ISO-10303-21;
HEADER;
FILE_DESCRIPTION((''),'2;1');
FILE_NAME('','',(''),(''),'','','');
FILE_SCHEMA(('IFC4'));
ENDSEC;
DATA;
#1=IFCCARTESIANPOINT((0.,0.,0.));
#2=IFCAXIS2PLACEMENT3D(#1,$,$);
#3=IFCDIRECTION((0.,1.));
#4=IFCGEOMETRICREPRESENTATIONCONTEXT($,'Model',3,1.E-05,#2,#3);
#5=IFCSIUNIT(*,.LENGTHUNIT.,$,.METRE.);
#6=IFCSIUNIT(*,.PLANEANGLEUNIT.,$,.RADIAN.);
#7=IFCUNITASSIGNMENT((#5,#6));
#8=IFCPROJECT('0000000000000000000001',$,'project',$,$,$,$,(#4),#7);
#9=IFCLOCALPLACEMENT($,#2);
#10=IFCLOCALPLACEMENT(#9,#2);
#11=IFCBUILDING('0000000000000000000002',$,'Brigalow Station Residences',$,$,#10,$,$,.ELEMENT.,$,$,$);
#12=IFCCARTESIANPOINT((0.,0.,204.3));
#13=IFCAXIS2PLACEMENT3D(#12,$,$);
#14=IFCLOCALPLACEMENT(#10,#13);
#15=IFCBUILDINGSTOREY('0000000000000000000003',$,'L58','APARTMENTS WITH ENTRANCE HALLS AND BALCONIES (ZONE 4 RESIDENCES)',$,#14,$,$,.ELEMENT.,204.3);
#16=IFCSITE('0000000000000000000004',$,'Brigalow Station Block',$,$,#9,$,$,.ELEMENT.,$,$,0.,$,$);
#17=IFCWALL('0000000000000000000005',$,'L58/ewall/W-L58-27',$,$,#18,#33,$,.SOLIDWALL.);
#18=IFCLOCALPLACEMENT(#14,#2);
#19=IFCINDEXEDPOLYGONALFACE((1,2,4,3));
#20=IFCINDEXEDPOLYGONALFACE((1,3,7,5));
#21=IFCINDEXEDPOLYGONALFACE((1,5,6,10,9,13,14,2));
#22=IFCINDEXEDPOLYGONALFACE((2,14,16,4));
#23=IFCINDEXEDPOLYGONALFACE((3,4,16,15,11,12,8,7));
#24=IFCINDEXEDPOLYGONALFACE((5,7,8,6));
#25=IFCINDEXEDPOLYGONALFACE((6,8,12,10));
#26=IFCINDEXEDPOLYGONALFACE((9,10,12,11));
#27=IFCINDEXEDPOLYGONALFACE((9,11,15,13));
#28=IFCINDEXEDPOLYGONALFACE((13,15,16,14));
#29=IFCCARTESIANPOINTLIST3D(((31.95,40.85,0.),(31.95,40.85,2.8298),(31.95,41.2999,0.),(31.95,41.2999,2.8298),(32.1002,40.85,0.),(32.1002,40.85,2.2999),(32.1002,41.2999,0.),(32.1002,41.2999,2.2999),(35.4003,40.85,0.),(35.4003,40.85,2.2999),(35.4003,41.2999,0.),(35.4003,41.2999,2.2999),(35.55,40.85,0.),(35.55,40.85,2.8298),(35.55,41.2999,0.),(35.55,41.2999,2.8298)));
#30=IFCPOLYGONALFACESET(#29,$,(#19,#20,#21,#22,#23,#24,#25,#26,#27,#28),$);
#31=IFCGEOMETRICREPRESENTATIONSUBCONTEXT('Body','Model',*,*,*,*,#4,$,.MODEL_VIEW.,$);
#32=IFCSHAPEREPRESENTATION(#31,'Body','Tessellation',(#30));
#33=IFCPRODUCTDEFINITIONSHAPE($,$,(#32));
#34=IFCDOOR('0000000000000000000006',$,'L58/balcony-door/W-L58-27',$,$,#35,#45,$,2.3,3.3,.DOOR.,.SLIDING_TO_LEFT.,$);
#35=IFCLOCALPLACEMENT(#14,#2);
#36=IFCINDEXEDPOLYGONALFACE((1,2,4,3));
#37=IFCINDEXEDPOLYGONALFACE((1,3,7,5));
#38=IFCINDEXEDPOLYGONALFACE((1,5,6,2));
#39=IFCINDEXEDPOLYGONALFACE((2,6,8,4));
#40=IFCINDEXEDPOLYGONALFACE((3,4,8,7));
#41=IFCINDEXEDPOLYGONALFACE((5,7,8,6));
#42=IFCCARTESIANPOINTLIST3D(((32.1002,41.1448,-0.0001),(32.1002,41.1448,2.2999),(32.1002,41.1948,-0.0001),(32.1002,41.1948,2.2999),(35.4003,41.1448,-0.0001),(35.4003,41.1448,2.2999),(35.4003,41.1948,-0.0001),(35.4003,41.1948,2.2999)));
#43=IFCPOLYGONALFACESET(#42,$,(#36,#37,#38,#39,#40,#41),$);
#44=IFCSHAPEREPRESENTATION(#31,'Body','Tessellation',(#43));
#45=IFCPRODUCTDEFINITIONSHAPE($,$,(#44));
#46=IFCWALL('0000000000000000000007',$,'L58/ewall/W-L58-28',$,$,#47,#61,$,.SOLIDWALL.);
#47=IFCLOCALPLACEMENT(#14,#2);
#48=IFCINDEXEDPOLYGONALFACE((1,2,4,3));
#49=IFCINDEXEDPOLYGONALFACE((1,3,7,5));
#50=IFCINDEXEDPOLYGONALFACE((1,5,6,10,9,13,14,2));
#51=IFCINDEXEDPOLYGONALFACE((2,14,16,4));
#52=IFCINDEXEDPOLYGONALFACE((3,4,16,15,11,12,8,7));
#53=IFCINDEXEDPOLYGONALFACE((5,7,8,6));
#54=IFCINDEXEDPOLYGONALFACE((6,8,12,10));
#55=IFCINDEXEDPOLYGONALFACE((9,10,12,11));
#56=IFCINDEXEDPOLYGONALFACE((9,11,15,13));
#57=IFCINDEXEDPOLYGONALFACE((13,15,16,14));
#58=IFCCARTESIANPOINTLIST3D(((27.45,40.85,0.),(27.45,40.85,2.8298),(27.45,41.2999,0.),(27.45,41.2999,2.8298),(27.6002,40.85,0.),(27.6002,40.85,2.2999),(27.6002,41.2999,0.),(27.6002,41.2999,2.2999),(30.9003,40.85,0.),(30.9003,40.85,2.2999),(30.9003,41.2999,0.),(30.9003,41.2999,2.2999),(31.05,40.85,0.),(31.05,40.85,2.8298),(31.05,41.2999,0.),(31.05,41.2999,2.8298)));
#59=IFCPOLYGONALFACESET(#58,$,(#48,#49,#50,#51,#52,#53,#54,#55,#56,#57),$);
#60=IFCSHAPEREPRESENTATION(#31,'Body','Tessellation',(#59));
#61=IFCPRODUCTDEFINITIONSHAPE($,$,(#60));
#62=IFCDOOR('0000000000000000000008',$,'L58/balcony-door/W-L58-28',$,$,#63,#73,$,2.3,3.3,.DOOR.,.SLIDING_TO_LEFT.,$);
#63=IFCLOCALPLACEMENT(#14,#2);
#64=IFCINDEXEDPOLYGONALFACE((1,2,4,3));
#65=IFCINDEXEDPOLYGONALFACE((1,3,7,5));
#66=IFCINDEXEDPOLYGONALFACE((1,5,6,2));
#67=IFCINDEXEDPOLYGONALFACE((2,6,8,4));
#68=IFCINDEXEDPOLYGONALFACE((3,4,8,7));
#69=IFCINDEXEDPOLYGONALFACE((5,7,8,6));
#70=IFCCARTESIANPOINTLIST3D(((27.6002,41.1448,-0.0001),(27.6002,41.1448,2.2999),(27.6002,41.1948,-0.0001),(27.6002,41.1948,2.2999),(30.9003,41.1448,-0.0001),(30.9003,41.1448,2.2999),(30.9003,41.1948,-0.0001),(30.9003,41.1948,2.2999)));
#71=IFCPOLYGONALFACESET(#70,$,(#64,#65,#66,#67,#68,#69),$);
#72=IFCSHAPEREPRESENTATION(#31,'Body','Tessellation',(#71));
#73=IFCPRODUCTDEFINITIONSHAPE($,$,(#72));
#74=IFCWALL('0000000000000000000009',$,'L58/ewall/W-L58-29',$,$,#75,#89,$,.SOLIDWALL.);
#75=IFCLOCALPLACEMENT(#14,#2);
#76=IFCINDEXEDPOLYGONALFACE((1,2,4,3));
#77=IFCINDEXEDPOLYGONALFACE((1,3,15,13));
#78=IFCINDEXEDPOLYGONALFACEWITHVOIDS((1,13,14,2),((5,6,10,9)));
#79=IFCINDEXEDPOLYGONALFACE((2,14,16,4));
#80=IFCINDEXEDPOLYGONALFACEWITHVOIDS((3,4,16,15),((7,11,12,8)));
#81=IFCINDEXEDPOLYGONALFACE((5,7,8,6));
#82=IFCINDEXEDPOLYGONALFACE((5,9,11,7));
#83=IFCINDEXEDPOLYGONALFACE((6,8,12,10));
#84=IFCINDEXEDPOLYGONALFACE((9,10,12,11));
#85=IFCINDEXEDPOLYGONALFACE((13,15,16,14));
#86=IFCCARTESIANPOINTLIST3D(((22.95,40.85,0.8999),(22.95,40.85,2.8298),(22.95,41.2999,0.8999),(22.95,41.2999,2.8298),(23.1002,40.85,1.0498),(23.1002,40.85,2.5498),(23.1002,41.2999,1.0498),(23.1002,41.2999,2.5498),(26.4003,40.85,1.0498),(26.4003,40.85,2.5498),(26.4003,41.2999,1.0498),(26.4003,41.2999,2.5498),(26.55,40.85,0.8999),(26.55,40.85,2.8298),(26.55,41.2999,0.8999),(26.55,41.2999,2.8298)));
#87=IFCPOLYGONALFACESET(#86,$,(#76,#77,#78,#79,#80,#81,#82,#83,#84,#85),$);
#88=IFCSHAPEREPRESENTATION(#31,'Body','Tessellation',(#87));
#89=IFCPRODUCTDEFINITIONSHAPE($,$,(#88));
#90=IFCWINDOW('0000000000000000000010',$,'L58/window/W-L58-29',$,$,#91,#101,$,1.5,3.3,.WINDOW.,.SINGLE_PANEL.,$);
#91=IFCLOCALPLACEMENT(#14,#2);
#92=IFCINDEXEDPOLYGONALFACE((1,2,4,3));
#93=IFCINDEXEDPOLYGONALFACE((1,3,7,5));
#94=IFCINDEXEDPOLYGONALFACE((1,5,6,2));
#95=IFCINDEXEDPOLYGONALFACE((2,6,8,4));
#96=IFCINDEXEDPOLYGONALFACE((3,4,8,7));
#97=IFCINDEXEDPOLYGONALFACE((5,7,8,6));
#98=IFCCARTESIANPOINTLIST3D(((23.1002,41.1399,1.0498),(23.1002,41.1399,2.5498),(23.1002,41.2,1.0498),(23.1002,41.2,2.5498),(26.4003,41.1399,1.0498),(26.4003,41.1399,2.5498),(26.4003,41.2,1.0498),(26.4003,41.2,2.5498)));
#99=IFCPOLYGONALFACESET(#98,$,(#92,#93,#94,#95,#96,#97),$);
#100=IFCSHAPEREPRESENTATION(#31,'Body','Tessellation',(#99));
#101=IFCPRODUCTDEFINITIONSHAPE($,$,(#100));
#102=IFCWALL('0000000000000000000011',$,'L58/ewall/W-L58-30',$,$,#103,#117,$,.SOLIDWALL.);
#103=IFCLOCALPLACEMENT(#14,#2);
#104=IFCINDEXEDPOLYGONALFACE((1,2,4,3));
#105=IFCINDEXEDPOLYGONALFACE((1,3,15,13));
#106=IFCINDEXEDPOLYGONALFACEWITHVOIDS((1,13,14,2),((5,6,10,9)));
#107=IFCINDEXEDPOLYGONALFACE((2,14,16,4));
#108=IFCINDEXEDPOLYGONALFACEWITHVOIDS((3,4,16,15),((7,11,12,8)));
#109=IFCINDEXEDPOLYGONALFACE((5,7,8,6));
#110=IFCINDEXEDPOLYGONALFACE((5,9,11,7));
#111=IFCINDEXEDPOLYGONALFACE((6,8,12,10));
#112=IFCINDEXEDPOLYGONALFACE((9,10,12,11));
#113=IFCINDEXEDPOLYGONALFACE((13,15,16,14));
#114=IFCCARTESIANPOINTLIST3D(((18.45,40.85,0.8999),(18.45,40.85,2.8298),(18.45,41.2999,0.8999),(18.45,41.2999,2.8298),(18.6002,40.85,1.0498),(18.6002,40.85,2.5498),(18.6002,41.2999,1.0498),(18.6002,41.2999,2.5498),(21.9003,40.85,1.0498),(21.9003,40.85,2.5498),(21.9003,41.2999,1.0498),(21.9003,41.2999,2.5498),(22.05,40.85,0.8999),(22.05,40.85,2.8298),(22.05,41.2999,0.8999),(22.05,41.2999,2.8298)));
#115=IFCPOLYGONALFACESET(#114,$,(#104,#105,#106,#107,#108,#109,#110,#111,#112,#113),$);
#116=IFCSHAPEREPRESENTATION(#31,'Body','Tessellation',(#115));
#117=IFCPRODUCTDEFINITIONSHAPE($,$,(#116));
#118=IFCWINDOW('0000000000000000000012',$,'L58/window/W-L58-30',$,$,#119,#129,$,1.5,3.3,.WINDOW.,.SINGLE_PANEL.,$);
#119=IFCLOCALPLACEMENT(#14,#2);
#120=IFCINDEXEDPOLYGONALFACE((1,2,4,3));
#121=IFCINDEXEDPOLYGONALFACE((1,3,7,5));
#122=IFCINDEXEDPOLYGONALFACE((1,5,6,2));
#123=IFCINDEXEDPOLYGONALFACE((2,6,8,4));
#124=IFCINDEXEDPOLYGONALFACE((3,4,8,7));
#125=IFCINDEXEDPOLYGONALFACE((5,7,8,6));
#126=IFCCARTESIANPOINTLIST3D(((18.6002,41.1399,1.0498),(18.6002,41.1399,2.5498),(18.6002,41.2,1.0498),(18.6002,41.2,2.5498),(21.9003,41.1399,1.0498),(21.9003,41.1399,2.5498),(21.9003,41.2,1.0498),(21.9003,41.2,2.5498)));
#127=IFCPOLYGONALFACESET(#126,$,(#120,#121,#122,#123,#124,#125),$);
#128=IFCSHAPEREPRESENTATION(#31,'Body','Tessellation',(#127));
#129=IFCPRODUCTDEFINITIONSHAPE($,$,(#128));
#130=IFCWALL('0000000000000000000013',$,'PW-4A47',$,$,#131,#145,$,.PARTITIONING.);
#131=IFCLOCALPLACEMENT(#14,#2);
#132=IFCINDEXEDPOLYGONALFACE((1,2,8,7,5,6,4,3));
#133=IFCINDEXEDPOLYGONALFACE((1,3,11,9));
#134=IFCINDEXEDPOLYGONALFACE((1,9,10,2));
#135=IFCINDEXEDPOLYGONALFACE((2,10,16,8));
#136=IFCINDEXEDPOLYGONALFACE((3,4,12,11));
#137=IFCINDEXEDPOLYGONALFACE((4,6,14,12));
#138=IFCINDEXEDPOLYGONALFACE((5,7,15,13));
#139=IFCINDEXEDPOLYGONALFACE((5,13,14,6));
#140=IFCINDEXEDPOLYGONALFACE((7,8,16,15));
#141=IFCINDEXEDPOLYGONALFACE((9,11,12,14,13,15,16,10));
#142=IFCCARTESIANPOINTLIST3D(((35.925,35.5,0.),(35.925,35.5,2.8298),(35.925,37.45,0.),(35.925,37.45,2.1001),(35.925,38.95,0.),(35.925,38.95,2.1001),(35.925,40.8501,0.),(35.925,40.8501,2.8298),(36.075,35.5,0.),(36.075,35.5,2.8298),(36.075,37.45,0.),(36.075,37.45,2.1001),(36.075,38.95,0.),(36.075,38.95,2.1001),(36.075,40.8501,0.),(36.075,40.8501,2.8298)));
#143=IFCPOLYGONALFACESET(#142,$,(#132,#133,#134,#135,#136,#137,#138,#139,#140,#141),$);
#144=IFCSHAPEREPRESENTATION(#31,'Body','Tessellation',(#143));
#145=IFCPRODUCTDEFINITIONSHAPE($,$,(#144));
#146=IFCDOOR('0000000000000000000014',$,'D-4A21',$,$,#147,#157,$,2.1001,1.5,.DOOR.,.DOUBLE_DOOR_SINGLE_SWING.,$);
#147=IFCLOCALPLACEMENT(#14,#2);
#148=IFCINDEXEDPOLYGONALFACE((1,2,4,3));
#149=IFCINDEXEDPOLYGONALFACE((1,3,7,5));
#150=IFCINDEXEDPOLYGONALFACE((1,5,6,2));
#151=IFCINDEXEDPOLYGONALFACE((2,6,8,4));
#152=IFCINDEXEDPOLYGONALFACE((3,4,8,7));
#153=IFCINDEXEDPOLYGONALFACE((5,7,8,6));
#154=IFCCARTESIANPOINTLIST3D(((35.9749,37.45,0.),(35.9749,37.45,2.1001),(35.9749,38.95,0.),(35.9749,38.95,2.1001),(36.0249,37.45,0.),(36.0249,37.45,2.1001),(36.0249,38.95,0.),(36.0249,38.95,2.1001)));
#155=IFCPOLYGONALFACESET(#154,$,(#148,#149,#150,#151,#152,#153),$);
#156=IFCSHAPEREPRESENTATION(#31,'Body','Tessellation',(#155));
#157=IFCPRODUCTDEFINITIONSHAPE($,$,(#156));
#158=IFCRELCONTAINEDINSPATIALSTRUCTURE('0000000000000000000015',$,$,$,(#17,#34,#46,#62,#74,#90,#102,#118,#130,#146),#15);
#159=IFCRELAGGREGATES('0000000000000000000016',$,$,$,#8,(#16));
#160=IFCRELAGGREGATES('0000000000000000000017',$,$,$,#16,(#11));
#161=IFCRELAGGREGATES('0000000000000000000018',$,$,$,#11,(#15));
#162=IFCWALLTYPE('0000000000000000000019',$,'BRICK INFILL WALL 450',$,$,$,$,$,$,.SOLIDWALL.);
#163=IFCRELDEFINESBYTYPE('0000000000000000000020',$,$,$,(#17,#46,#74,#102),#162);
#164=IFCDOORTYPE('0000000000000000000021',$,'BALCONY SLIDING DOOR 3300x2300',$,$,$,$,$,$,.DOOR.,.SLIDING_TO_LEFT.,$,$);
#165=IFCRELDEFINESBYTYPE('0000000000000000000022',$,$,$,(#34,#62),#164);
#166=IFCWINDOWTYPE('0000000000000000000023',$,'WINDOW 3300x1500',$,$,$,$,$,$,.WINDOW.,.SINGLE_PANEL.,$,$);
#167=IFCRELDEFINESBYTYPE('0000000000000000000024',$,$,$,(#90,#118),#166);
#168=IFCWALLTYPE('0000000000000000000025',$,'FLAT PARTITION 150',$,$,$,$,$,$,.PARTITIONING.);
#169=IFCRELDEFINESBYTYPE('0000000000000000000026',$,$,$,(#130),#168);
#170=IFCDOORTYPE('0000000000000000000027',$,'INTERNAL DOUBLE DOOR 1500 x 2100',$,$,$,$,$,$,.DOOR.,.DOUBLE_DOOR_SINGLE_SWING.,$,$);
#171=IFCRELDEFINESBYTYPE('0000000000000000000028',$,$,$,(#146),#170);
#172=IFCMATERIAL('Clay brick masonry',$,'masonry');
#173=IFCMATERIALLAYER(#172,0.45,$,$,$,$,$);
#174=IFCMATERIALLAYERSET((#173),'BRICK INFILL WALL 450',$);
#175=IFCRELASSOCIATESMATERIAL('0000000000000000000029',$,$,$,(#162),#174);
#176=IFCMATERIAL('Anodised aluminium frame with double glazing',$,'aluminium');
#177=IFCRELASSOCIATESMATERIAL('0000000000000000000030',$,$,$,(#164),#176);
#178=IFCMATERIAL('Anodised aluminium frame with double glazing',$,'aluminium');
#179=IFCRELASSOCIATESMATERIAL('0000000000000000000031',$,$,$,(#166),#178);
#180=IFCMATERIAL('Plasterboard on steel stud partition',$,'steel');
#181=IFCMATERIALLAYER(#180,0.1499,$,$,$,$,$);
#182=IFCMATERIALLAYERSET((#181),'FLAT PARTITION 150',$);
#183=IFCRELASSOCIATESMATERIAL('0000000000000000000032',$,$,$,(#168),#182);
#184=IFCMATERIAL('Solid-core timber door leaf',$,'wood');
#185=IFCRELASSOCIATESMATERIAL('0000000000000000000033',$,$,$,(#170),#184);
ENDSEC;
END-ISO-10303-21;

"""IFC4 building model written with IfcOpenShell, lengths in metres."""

from ifc_helpers import new_model, si_unit, direction, frame, frame_2d, origin, place, context, subcontext, project, spatial, rectangle, extrude, material, layer, layer_set, type_object, element, fill, save


model = new_model("IFC4")

# Units and contexts
model_context = context("Model", 3, precision=1e-05, world=origin(), true_north=direction((0.0, 1.0)))
body_context = subcontext(model_context, "Body", "Model", "MODEL_VIEW")
ifc_project = project(units=[si_unit("LENGTHUNIT", "METRE"), si_unit("PLANEANGLEUNIT", "RADIAN")], contexts=[model_context])

# Site, building, storey
site_placement = place(None, origin())
site = spatial("IfcSite", under=ifc_project, at=site_placement, Name="Brigalow Station Block", CompositionType="ELEMENT", RefElevation=0.0)
building_placement = place(site_placement, origin())
building = spatial("IfcBuilding", under=site, at=building_placement, Name="Brigalow Station Residences", CompositionType="ELEMENT")
storey_placement = place(building_placement, frame((0.0, 0.0, 204.3)))
storey = spatial("IfcBuildingStorey", under=building, at=storey_placement, Name="L58", Description="APARTMENTS WITH ENTRANCE HALLS AND BALCONIES (ZONE 4 RESIDENCES)", CompositionType="ELEMENT", Elevation=204.3)

# Walls, openings, doors
ifc_material_1 = material(Name="Clay brick masonry", Category="masonry")
ifc_layer_1 = layer(ifc_material_1, 0.45)
ifc_layer_set_1 = layer_set([ifc_layer_1], Name="BRICK INFILL WALL 450")
wall_type_1 = type_object("IfcWallType", Name="BRICK INFILL WALL 450", PredefinedType="SOLIDWALL", material=ifc_layer_set_1)
wall_1_placement = place(storey_placement, frame((35.55, 41.075, 0.0), z_axis=(0.0, 0.0, 1.0), x_axis=(-1.0, 0.0, 0.0)))
wall_1 = element("IfcWall", 1, at=wall_1_placement, inside=storey, type_object=wall_type_1, Name="L58/ewall/W-L58-27", PredefinedType="SOLIDWALL", context=body_context, shape_type="SweptSolid", body=[
    extrude(rectangle(XDim=3.6001, YDim=0.45, at=frame_2d((1.8, 0.0))), origin(), (0.0, 0.0, 1.0), 2.8298),
])
opening_1_placement = place(wall_1_placement, frame((0.1499, 0.0, 0.0)))
opening_1 = element("IfcOpeningElement", 2, at=opening_1_placement, cuts=wall_1, PredefinedType="OPENING", context=body_context, shape_type="SweptSolid", body=[
    extrude(rectangle(XDim=3.3, YDim=2.3, at=frame_2d((1.6499, 1.1499))), frame((0.0, 0.2349, 0.0), z_axis=(0.0, -1.0, 0.0), x_axis=(1.0, 0.0, 0.0)), (0.0, 0.0, 1.0), 0.47),
])
ifc_material_2 = material(Name="Anodised aluminium frame with double glazing", Category="aluminium")
door_type_1 = type_object("IfcDoorType", Name="BALCONY SLIDING DOOR 3300x2300", OperationType="SLIDING_TO_LEFT", PredefinedType="DOOR", material=ifc_material_2)
door_1_placement = place(opening_1_placement, origin())
door_1 = element("IfcDoor", 3, at=door_1_placement, inside=storey, type_object=door_type_1, Name="L58/balcony-door/W-L58-27", OperationType="SLIDING_TO_LEFT", OverallHeight=2.3, OverallWidth=3.3, PredefinedType="DOOR", context=body_context, shape_type="SweptSolid", body=[
    extrude(rectangle(XDim=3.3, YDim=2.3, at=frame_2d((1.6499, 1.1499))), frame((0.0, -0.0698, 0.0), z_axis=(0.0, -1.0, 0.0), x_axis=(1.0, 0.0, 0.0)), (0.0, 0.0, 1.0), 0.05),
])
fill(opening_1, door_1)
wall_2_placement = place(storey_placement, frame((31.05, 41.075, 0.0), z_axis=(0.0, 0.0, 1.0), x_axis=(-1.0, 0.0, 0.0)))
wall_2 = element("IfcWall", 4, at=wall_2_placement, inside=storey, type_object=wall_type_1, Name="L58/ewall/W-L58-28", PredefinedType="SOLIDWALL", context=body_context, shape_type="SweptSolid", body=[
    extrude(rectangle(XDim=3.6001, YDim=0.45, at=frame_2d((1.8, 0.0))), origin(), (0.0, 0.0, 1.0), 2.8298),
])
opening_2_placement = place(wall_2_placement, frame((0.1499, 0.0, 0.0)))
opening_2 = element("IfcOpeningElement", 5, at=opening_2_placement, cuts=wall_2, PredefinedType="OPENING", context=body_context, shape_type="SweptSolid", body=[
    extrude(rectangle(XDim=3.3, YDim=2.3, at=frame_2d((1.6499, 1.1499))), frame((0.0, 0.2349, 0.0), z_axis=(0.0, -1.0, 0.0), x_axis=(1.0, 0.0, 0.0)), (0.0, 0.0, 1.0), 0.47),
])
door_2_placement = place(opening_2_placement, origin())
door_2 = element("IfcDoor", 6, at=door_2_placement, inside=storey, type_object=door_type_1, Name="L58/balcony-door/W-L58-28", OperationType="SLIDING_TO_LEFT", OverallHeight=2.3, OverallWidth=3.3, PredefinedType="DOOR", context=body_context, shape_type="SweptSolid", body=[
    extrude(rectangle(XDim=3.3, YDim=2.3, at=frame_2d((1.6499, 1.1499))), frame((0.0, -0.0698, 0.0), z_axis=(0.0, -1.0, 0.0), x_axis=(1.0, 0.0, 0.0)), (0.0, 0.0, 1.0), 0.05),
])
fill(opening_2, door_2)

# Walls, openings, windows
wall_3_placement = place(storey_placement, frame((26.55, 41.075, 0.8999), z_axis=(0.0, 0.0, 1.0), x_axis=(-1.0, 0.0, 0.0)))
wall_3 = element("IfcWall", 7, at=wall_3_placement, inside=storey, type_object=wall_type_1, Name="L58/ewall/W-L58-29", PredefinedType="SOLIDWALL", context=body_context, shape_type="SweptSolid", body=[
    extrude(rectangle(XDim=3.6001, YDim=0.45, at=frame_2d((1.8, 0.0))), origin(), (0.0, 0.0, 1.0), 1.9299),
])
opening_3_placement = place(wall_3_placement, frame((0.1499, 0.0, 0.1499)))
opening_3 = element("IfcOpeningElement", 8, at=opening_3_placement, cuts=wall_3, PredefinedType="OPENING", context=body_context, shape_type="SweptSolid", body=[
    extrude(rectangle(XDim=3.3, YDim=1.5, at=frame_2d((1.6499, 0.75))), frame((0.0, 0.2349, 0.0), z_axis=(0.0, -1.0, 0.0), x_axis=(1.0, 0.0, 0.0)), (0.0, 0.0, 1.0), 0.47),
])
ifc_material_3 = material(Name="Anodised aluminium frame with double glazing", Category="aluminium")
window_type = type_object("IfcWindowType", Name="WINDOW 3300x1500", PartitioningType="SINGLE_PANEL", PredefinedType="WINDOW", material=ifc_material_3)
window_1_placement = place(opening_3_placement, origin())
window_1 = element("IfcWindow", 9, at=window_1_placement, inside=storey, type_object=window_type, Name="L58/window/W-L58-29", OverallHeight=1.5, OverallWidth=3.3, PartitioningType="SINGLE_PANEL", PredefinedType="WINDOW", context=body_context, shape_type="SweptSolid", body=[
    extrude(rectangle(XDim=3.3, YDim=1.5, at=frame_2d((1.6499, 0.75))), frame((0.0, -0.0649, 0.0), z_axis=(0.0, -1.0, 0.0), x_axis=(1.0, 0.0, 0.0)), (0.0, 0.0, 1.0), 0.0601),
])
fill(opening_3, window_1)
wall_4_placement = place(storey_placement, frame((22.05, 41.075, 0.8999), z_axis=(0.0, 0.0, 1.0), x_axis=(-1.0, 0.0, 0.0)))
wall_4 = element("IfcWall", 10, at=wall_4_placement, inside=storey, type_object=wall_type_1, Name="L58/ewall/W-L58-30", PredefinedType="SOLIDWALL", context=body_context, shape_type="SweptSolid", body=[
    extrude(rectangle(XDim=3.6001, YDim=0.45, at=frame_2d((1.8, 0.0))), origin(), (0.0, 0.0, 1.0), 1.9299),
])
opening_4_placement = place(wall_4_placement, frame((0.1499, 0.0, 0.1499)))
opening_4 = element("IfcOpeningElement", 11, at=opening_4_placement, cuts=wall_4, PredefinedType="OPENING", context=body_context, shape_type="SweptSolid", body=[
    extrude(rectangle(XDim=3.3, YDim=1.5, at=frame_2d((1.6499, 0.75))), frame((0.0, 0.2349, 0.0), z_axis=(0.0, -1.0, 0.0), x_axis=(1.0, 0.0, 0.0)), (0.0, 0.0, 1.0), 0.47),
])
window_2_placement = place(opening_4_placement, origin())
window_2 = element("IfcWindow", 12, at=window_2_placement, inside=storey, type_object=window_type, Name="L58/window/W-L58-30", OverallHeight=1.5, OverallWidth=3.3, PartitioningType="SINGLE_PANEL", PredefinedType="WINDOW", context=body_context, shape_type="SweptSolid", body=[
    extrude(rectangle(XDim=3.3, YDim=1.5, at=frame_2d((1.6499, 0.75))), frame((0.0, -0.0649, 0.0), z_axis=(0.0, -1.0, 0.0), x_axis=(1.0, 0.0, 0.0)), (0.0, 0.0, 1.0), 0.0601),
])
fill(opening_4, window_2)

# Wall, opening, door
ifc_material_4 = material(Name="Plasterboard on steel stud partition", Category="steel")
ifc_layer_2 = layer(ifc_material_4, 0.1499)
ifc_layer_set_2 = layer_set([ifc_layer_2], Name="FLAT PARTITION 150")
wall_type_2 = type_object("IfcWallType", Name="FLAT PARTITION 150", PredefinedType="PARTITIONING", material=ifc_layer_set_2)
wall_5_placement = place(storey_placement, frame((36.0, 35.5, 0.0), z_axis=(0.0, 0.0, 1.0), x_axis=(0.0, 1.0, 0.0)))
wall_5 = element("IfcWall", 13, at=wall_5_placement, inside=storey, type_object=wall_type_2, Name="PW-4A47", PredefinedType="PARTITIONING", context=body_context, shape_type="SweptSolid", body=[
    extrude(rectangle(XDim=5.3501, YDim=0.1499, at=frame_2d((2.675, 0.0))), origin(), (0.0, 0.0, 1.0), 2.8298),
])
opening_5_placement = place(wall_5_placement, frame((1.95, 0.0, 0.0)))
opening_5 = element("IfcOpeningElement", 14, at=opening_5_placement, cuts=wall_5, PredefinedType="OPENING", context=body_context, shape_type="SweptSolid", body=[
    extrude(rectangle(XDim=1.5, YDim=2.1001, at=frame_2d((0.75, 1.05))), frame((0.0, 0.085, 0.0), z_axis=(0.0, -1.0, 0.0), x_axis=(1.0, 0.0, 0.0)), (0.0, 0.0, 1.0), 0.1699),
])
ifc_material_5 = material(Name="Solid-core timber door leaf", Category="wood")
door_type_2 = type_object("IfcDoorType", Name="INTERNAL DOUBLE DOOR 1500 x 2100", OperationType="DOUBLE_DOOR_SINGLE_SWING", PredefinedType="DOOR", material=ifc_material_5)
door_3_placement = place(opening_5_placement, frame((1.5, 0.0, 0.0), z_axis=(0.0, 0.0, 1.0), x_axis=(-1.0, 0.0, 0.0)))
door_3 = element("IfcDoor", 15, at=door_3_placement, inside=storey, type_object=door_type_2, Name="D-4A21", OperationType="DOUBLE_DOOR_SINGLE_SWING", OverallHeight=2.1001, OverallWidth=1.5, PredefinedType="DOOR", context=body_context, shape_type="SweptSolid", body=[
    extrude(rectangle(XDim=1.5, YDim=2.1001, at=frame_2d((0.75, 1.05))), frame((0.0, 0.0249, 0.0), z_axis=(0.0, -1.0, 0.0), x_axis=(1.0, 0.0, 0.0)), (0.0, 0.0, 1.0), 0.05),
])
fill(opening_5, door_3)

save(model, "model.ifc")
